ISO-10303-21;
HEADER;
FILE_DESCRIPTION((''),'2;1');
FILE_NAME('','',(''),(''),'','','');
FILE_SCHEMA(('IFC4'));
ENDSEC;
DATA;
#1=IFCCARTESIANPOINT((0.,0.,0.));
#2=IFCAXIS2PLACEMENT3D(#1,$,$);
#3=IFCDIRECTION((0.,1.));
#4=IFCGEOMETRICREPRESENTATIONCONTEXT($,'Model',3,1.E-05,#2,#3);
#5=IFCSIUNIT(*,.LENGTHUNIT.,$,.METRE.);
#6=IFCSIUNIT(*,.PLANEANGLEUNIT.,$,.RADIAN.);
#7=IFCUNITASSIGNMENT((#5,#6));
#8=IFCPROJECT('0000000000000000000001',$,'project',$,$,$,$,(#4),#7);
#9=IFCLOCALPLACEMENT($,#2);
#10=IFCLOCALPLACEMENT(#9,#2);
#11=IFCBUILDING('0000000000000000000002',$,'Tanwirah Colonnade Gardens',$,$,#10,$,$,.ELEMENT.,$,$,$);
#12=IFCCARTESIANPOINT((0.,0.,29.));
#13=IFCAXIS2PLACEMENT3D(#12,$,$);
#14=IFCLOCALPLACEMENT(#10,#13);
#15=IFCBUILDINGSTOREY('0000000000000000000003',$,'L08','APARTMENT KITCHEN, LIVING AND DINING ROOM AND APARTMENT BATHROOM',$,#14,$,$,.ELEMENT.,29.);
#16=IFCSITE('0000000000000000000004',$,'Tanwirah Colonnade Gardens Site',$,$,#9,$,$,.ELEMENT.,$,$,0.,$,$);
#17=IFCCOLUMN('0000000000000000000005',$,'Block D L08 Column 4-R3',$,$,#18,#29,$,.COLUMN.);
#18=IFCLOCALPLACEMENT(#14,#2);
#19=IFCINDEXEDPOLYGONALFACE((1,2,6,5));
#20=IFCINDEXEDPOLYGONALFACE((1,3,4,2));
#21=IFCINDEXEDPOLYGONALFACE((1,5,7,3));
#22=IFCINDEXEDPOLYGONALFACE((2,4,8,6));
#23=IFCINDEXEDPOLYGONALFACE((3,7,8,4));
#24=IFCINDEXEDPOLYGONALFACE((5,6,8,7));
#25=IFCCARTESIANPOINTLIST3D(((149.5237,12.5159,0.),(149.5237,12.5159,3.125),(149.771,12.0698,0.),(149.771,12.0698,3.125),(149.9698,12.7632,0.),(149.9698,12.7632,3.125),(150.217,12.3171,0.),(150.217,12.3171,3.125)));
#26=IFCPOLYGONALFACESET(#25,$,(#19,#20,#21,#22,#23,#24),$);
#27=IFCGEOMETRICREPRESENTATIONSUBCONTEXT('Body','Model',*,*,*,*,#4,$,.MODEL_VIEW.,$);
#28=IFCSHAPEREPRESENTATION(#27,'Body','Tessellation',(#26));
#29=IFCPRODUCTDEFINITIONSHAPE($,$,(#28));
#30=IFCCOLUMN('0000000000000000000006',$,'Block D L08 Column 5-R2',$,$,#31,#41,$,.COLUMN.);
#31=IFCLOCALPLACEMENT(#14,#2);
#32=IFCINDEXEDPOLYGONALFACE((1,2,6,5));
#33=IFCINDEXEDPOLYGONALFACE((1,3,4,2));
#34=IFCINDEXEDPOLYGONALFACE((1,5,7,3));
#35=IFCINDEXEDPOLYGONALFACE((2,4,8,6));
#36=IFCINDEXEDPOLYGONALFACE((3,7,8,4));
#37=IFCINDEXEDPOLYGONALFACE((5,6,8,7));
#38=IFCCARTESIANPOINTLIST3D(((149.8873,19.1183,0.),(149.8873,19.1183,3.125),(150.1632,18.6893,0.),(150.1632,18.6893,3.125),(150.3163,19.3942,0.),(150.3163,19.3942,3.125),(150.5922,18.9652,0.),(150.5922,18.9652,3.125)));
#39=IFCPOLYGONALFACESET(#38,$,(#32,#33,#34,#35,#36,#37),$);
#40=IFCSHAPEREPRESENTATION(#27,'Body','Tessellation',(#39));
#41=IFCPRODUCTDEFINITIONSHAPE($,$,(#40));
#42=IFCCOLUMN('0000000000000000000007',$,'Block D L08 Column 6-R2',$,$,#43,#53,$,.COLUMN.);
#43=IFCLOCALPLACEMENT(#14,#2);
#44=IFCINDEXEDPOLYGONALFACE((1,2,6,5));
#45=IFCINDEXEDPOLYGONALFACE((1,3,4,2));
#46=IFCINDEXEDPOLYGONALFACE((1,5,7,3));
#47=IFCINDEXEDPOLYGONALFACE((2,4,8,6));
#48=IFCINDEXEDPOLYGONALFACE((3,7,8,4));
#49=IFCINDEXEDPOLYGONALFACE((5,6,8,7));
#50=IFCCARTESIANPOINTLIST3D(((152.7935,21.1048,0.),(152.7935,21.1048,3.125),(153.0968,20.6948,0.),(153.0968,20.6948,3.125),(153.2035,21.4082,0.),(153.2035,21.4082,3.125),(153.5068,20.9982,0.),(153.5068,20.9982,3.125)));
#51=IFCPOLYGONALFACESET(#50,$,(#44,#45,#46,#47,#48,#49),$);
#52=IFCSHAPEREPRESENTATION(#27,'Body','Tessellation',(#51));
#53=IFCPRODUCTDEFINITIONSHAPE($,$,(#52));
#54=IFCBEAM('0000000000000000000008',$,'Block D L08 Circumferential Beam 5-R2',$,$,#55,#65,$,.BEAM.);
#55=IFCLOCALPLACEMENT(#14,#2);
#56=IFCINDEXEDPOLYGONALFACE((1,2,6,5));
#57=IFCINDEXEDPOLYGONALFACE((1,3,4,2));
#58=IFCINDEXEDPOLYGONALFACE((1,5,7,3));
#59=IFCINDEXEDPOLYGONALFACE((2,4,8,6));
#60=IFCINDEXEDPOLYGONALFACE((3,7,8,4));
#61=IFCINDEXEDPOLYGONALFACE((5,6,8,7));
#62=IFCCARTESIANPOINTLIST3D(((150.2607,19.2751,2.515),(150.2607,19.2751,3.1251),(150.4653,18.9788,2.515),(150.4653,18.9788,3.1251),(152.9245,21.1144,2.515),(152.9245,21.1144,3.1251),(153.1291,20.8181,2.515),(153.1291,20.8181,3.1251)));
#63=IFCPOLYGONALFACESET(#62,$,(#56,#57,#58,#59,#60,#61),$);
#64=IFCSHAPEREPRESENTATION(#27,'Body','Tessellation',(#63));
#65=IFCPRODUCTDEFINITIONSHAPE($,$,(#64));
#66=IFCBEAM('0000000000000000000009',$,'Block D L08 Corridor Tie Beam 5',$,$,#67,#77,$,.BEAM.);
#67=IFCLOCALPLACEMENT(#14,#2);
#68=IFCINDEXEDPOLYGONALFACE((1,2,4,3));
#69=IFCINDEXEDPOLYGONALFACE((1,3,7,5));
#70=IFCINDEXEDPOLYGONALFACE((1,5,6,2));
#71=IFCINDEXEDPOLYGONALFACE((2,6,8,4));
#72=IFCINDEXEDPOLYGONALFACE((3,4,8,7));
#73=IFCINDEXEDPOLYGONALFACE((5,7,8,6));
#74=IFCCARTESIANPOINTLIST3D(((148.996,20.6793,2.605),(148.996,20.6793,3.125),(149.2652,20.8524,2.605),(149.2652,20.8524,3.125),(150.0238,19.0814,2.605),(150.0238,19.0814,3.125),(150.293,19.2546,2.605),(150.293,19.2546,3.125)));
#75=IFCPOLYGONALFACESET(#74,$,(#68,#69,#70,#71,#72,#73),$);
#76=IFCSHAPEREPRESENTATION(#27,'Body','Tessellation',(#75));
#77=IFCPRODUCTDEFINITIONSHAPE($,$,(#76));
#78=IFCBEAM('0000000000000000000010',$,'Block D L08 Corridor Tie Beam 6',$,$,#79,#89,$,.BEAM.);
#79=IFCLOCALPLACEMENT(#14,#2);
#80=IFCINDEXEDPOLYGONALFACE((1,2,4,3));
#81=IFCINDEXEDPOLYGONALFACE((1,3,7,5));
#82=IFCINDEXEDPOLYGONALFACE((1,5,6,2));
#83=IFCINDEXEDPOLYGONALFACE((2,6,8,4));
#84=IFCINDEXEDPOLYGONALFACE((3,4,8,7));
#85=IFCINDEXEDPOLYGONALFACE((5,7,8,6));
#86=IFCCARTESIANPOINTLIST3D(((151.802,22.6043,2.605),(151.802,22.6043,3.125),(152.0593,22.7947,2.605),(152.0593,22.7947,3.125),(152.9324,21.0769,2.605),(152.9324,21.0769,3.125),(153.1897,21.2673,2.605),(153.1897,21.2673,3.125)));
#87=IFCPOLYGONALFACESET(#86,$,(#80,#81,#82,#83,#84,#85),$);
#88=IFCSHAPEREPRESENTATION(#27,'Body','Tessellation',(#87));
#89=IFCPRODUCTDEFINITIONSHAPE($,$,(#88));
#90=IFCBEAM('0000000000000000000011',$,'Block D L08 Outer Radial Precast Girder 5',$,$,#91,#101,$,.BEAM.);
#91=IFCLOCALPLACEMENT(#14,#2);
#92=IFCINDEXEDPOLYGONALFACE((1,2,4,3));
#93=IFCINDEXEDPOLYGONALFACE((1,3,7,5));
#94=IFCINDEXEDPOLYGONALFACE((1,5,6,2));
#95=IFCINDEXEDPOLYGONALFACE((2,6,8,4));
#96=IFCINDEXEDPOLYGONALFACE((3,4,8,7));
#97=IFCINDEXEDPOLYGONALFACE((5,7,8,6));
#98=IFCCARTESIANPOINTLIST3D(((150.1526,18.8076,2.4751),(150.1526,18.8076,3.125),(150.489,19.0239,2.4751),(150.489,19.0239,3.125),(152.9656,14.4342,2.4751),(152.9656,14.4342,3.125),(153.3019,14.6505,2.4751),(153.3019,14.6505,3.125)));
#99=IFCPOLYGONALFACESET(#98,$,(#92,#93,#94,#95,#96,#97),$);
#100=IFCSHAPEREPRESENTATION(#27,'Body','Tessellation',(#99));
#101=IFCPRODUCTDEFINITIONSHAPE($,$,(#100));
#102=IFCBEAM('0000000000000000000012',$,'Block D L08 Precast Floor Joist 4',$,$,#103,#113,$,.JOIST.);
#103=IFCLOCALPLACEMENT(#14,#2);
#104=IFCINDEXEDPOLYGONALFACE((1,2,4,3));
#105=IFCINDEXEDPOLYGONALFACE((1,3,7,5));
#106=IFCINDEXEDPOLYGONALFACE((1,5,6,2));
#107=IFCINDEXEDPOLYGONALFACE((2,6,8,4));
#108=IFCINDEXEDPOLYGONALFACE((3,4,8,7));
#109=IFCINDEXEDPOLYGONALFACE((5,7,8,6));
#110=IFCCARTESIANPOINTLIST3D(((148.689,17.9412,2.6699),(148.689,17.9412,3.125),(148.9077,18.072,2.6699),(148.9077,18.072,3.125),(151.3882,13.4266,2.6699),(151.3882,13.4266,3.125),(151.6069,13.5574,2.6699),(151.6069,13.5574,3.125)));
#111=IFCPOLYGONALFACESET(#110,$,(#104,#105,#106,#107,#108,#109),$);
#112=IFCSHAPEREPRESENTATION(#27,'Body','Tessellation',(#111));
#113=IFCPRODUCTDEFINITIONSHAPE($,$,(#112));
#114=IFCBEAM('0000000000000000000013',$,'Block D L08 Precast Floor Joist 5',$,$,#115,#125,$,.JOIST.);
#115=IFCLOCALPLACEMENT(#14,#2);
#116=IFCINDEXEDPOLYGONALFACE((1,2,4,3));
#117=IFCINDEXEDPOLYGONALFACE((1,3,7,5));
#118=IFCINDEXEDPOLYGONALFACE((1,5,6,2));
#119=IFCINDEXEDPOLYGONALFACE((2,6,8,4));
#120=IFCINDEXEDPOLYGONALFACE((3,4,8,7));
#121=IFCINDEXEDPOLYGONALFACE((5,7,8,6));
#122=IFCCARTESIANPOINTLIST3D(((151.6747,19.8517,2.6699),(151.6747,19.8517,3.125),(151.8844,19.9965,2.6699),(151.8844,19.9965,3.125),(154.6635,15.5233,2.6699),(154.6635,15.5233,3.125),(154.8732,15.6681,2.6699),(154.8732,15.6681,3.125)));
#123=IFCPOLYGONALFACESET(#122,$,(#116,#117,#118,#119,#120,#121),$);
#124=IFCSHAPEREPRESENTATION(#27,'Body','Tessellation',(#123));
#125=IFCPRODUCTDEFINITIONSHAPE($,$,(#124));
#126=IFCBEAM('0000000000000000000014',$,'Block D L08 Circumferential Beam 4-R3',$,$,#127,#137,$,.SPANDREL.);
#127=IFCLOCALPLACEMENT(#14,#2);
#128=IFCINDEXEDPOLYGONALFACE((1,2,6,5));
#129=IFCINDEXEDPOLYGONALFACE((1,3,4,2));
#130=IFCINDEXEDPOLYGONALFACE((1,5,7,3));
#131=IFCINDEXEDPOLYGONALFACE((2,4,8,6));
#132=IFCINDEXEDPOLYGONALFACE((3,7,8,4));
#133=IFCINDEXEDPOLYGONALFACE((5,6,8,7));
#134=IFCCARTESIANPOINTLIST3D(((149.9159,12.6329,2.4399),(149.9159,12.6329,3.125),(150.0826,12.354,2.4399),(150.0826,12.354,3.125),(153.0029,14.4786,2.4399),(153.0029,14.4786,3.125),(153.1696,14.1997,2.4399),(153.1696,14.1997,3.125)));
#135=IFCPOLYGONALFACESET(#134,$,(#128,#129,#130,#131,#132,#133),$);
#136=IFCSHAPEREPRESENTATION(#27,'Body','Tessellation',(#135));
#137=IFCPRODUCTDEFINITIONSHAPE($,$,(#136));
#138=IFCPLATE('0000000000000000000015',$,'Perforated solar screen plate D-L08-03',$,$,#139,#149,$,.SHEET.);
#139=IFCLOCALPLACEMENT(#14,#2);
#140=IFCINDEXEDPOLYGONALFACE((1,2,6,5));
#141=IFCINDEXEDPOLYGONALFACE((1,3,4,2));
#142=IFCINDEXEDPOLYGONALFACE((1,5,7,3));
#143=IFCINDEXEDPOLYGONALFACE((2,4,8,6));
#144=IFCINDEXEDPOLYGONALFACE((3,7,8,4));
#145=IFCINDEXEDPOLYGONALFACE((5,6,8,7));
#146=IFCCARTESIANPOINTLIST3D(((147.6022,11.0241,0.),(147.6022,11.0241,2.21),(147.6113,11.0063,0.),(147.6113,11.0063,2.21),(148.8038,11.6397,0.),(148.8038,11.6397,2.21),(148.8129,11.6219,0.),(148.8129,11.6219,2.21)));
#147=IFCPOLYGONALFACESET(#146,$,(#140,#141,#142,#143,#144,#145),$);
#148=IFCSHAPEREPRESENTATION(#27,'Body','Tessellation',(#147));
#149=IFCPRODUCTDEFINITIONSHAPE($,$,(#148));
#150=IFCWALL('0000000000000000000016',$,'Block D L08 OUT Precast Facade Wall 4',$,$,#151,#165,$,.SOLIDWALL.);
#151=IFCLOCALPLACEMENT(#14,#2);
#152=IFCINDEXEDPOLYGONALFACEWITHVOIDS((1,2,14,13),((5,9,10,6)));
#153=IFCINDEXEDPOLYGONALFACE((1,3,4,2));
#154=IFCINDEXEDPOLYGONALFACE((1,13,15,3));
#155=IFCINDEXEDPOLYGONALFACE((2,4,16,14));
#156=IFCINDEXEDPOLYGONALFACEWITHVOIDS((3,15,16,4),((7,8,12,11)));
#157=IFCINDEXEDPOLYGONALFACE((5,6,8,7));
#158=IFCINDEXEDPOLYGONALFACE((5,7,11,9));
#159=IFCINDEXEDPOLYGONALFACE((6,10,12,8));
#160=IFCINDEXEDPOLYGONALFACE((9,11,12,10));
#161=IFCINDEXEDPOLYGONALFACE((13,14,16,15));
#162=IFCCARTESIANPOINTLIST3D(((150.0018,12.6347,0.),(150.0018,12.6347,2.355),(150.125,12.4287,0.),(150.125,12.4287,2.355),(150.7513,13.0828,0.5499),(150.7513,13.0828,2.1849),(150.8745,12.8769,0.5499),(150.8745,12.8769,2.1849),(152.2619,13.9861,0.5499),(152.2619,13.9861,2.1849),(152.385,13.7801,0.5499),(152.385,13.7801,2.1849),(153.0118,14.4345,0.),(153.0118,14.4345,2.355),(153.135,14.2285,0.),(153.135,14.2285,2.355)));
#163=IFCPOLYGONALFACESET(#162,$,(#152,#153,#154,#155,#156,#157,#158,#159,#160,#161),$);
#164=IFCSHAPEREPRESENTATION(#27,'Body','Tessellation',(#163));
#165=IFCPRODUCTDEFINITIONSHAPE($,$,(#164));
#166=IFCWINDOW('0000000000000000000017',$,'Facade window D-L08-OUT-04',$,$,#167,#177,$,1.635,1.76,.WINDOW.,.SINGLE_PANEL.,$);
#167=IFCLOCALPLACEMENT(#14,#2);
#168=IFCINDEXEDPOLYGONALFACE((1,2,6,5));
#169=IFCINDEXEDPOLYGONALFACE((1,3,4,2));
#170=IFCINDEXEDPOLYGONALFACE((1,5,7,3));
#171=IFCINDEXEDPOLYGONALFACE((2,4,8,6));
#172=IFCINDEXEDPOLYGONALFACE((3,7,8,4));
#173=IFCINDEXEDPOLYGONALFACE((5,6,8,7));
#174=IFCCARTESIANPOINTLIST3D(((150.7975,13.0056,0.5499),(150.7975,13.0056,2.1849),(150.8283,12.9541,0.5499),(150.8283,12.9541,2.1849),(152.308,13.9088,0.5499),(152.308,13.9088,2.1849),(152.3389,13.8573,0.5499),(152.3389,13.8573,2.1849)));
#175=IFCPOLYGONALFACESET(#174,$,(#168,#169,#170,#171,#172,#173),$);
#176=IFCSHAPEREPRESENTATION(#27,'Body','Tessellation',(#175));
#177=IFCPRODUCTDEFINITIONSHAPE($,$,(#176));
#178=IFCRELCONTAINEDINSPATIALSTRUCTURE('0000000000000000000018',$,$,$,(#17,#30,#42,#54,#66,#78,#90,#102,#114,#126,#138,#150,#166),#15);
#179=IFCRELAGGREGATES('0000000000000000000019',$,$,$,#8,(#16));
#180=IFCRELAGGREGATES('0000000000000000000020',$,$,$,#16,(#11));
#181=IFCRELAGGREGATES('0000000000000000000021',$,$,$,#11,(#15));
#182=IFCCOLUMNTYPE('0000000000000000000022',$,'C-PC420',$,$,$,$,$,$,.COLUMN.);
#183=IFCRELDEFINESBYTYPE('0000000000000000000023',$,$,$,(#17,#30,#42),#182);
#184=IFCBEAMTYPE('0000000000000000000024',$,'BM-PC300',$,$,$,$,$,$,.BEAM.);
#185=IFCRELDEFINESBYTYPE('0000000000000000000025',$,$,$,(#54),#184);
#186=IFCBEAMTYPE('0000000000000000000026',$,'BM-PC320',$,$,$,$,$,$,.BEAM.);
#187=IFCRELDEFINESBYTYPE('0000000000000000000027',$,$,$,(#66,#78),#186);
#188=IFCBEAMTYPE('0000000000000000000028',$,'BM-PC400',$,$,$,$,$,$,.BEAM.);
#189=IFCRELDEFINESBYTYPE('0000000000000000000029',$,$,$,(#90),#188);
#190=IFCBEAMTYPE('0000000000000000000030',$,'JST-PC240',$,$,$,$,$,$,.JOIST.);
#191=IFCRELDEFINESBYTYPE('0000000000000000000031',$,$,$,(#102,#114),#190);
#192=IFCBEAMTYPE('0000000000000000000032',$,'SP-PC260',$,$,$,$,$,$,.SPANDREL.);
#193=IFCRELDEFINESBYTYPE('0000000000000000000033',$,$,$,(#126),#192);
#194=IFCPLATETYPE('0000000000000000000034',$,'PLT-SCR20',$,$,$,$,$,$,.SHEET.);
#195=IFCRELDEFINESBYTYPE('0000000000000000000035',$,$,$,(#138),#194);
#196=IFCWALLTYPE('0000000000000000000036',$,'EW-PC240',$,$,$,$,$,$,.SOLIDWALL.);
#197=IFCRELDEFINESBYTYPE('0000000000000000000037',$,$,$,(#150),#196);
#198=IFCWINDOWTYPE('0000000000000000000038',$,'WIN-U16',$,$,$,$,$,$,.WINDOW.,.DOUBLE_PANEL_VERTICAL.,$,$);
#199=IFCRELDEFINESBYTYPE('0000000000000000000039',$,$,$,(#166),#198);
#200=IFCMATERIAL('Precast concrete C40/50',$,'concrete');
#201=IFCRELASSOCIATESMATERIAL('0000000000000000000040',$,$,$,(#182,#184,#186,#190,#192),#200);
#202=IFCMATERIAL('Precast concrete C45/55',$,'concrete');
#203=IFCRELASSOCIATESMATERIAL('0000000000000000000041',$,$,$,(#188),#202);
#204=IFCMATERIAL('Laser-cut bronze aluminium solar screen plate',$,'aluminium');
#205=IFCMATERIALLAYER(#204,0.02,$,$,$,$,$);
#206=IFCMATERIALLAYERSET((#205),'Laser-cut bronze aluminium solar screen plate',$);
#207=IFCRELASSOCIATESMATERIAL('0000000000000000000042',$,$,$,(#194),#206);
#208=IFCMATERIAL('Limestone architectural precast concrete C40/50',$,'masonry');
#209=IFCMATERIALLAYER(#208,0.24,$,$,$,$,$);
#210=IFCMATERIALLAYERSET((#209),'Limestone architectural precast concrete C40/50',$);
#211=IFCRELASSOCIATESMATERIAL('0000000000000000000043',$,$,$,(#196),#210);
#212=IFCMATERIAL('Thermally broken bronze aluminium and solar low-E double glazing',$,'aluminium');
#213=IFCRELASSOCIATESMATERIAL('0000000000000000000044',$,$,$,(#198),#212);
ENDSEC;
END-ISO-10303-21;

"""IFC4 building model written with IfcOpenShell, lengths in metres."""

from ifc_helpers import new_model, si_unit, direction, frame, frame_2d, origin, origin_2d, place, context, subcontext, project, spatial, rectangle, extrude, material, layer, layer_set, material_profile, profile_set, type_object, element, fill, save


model = new_model("IFC4")

# Units and contexts
model_context = context("Model", 3, precision=1e-05, world=origin(), true_north=direction((0.0, 1.0)))
body_context = subcontext(model_context, "Body", "Model", "MODEL_VIEW")
ifc_project = project(units=[si_unit("LENGTHUNIT", "METRE"), si_unit("PLANEANGLEUNIT", "RADIAN")], contexts=[model_context])

# Site, building, storey
site_placement = place(None, origin())
site = spatial("IfcSite", under=ifc_project, at=site_placement, Name="Tanwirah Colonnade Gardens Site", CompositionType="ELEMENT", RefElevation=0.0)
building_placement = place(site_placement, origin())
building = spatial("IfcBuilding", under=site, at=building_placement, Name="Tanwirah Colonnade Gardens", CompositionType="ELEMENT")
storey_placement = place(building_placement, frame((0.0, 0.0, 29.0)))
storey = spatial("IfcBuildingStorey", under=building, at=storey_placement, Name="L08", Description="APARTMENT KITCHEN, LIVING AND DINING ROOM AND APARTMENT BATHROOM", CompositionType="ELEMENT", Elevation=29.0)

# Columns
ifc_material_1 = material(Name="Precast concrete C40/50", Category="concrete")
ifc_material_profile_1 = material_profile(ifc_material_1, rectangle(XDim=0.51, YDim=0.51, at=origin_2d()), Name="PC-COL 510x510")
ifc_profile_set_1 = profile_set([ifc_material_profile_1], Name="Precast concrete C40/50")
column_type = type_object("IfcColumnType", Name="C-PC420", PredefinedType="COLUMN", material=ifc_profile_set_1)
for number, where, z_axis, x_axis, name in (
    (1, (149.8704, 12.4165, 0.0), (0.0, 0.0, 1.0), (0.48481, -0.87462, 0.0), "Block D L08 Column 4-R3"),
    (2, (150.2397, 19.0417, 0.0), (0.0, 0.0, 1.0), (0.540974, -0.841039, 0.0), "Block D L08 Column 5-R2"),
    (3, (153.1501, 21.0515, 0.0), (0.0, 0.0, 1.0), (0.594823, -0.803857, 0.0), "Block D L08 Column 6-R2"),
):
    element("IfcColumn", number, at=place(storey_placement, frame(where, z_axis=z_axis, x_axis=x_axis)), inside=storey, type_object=column_type, Name=name, PredefinedType="COLUMN", context=body_context, shape_type="SweptSolid", body=[
        extrude(rectangle(XDim=0.51, YDim=0.51, at=origin_2d()), origin(), (0.0, 0.0, 1.0), 3.125),
    ])

# Beams
ifc_material_profile_2 = material_profile(ifc_material_1, rectangle(XDim=0.3601, YDim=0.6101, at=origin_2d()), Name="PC-BM 360x610")
ifc_profile_set_2 = profile_set([ifc_material_profile_2], Name="Precast concrete C40/50")
beam_type_1 = type_object("IfcBeamType", Name="BM-PC300", PredefinedType="BEAM", material=ifc_profile_set_2)
beam_1_placement = place(storey_placement, frame((150.363, 19.127, 2.8201), z_axis=(0.822889, 0.568202, 0.0), x_axis=(-0.568202, 0.822889, 0.0)))
element("IfcBeam", 4, at=beam_1_placement, inside=storey, type_object=beam_type_1, Name="Block D L08 Circumferential Beam 5-R2", PredefinedType="BEAM", context=body_context, shape_type="SweptSolid", body=[
    extrude(rectangle(XDim=0.3601, YDim=0.6101, at=origin_2d()), origin(), (0.0, 0.0, 1.0), 3.2371),
])
ifc_material_profile_3 = material_profile(ifc_material_1, rectangle(XDim=0.3201, YDim=0.52, at=origin_2d()), Name="PC-BM 320x520")
ifc_profile_set_3 = profile_set([ifc_material_profile_3], Name="Precast concrete C40/50")
beam_type_2 = type_object("IfcBeamType", Name="BM-PC320", PredefinedType="BEAM", material=ifc_profile_set_3)
beam_2_placement = place(storey_placement, frame((149.1306, 20.7659, 2.865), z_axis=(0.540985, -0.841032, 0.0), x_axis=(0.841032, 0.540985, 0.0)))
element("IfcBeam", 5, at=beam_2_placement, inside=storey, type_object=beam_type_2, Name="Block D L08 Corridor Tie Beam 5", PredefinedType="BEAM", context=body_context, shape_type="SweptSolid", body=[
    extrude(rectangle(XDim=0.3201, YDim=0.52, at=origin_2d()), origin(), (0.0, 0.0, 1.0), 1.8999),
])
beam_3_placement = place(storey_placement, frame((151.9307, 22.6995, 2.865), z_axis=(0.594889, -0.803807, 0.0), x_axis=(0.803807, 0.594889, 0.0)))
element("IfcBeam", 6, at=beam_3_placement, inside=storey, type_object=beam_type_2, Name="Block D L08 Corridor Tie Beam 6", PredefinedType="BEAM", context=body_context, shape_type="SweptSolid", body=[
    extrude(rectangle(XDim=0.3201, YDim=0.52, at=origin_2d()), origin(), (0.0, 0.0, 1.0), 1.9001),
])
ifc_material_2 = material(Name="Precast concrete C45/55", Category="concrete")
ifc_material_profile_4 = material_profile(ifc_material_2, rectangle(XDim=0.3999, YDim=0.6499, at=origin_2d()), Name="PC-BM 400x650")
ifc_profile_set_4 = profile_set([ifc_material_profile_4], Name="Precast concrete C45/55")
beam_type_3 = type_object("IfcBeamType", Name="BM-PC400", PredefinedType="BEAM", material=ifc_profile_set_4)
beam_4_placement = place(storey_placement, frame((150.3208, 18.9158, 2.8), z_axis=(0.540952, -0.841053, 0.0), x_axis=(0.841053, 0.540952, 0.0)))
element("IfcBeam", 7, at=beam_4_placement, inside=storey, type_object=beam_type_3, Name="Block D L08 Outer Radial Precast Girder 5", PredefinedType="BEAM", context=body_context, shape_type="SweptSolid", body=[
    extrude(rectangle(XDim=0.3999, YDim=0.6499, at=origin_2d()), origin(), (0.0, 0.0, 1.0), 5.2),
])
ifc_material_profile_5 = material_profile(ifc_material_1, rectangle(XDim=0.2549, YDim=0.4551, at=origin_2d()), Name="PC-JST 255x455")
ifc_profile_set_5 = profile_set([ifc_material_profile_5], Name="Precast concrete C40/50")
beam_type_4 = type_object("IfcBeamType", Name="JST-PC240", PredefinedType="JOIST", material=ifc_profile_set_5)
for number, where, z_axis, x_axis, name in (
    (8, (148.7983, 18.0066, 2.8975), (0.513157, -0.858295, 0.0), (0.858295, 0.513157, 0.0), "Block D L08 Precast Floor Joist 4"),
    (9, (151.7795, 19.9241, 2.8975), (0.568208, -0.822885, 0.0), (0.822885, 0.568208, 0.0), "Block D L08 Precast Floor Joist 5"),
):
    element("IfcBeam", number, at=place(storey_placement, frame(where, z_axis=z_axis, x_axis=x_axis)), inside=storey, type_object=beam_type_4, Name=name, PredefinedType="JOIST", context=body_context, shape_type="SweptSolid", body=[
        extrude(rectangle(XDim=0.2549, YDim=0.4551, at=origin_2d()), origin(), (0.0, 0.0, 1.0), 5.26),
    ])
ifc_material_profile_6 = material_profile(ifc_material_1, rectangle(XDim=0.325, YDim=0.6851, at=origin_2d()), Name="PC-SP 325x685")
ifc_profile_set_6 = profile_set([ifc_material_profile_6], Name="Precast concrete C40/50")
beam_type_5 = type_object("IfcBeamType", Name="SP-PC260", PredefinedType="SPANDREL", material=ifc_profile_set_6)
beam_5_placement = place(storey_placement, frame((149.9993, 12.4934, 2.7825), z_axis=(0.858283, 0.513177, 0.0), x_axis=(-0.513177, 0.858283, 0.0)))
element("IfcBeam", 10, at=beam_5_placement, inside=storey, type_object=beam_type_5, Name="Block D L08 Circumferential Beam 4-R3", PredefinedType="SPANDREL", context=body_context, shape_type="SweptSolid", body=[
    extrude(rectangle(XDim=0.325, YDim=0.6851, at=origin_2d()), origin(), (0.0, 0.0, 1.0), 3.5967),
])

# Plate
ifc_material_3 = material(Name="Laser-cut bronze aluminium solar screen plate", Category="aluminium")
ifc_layer_1 = layer(ifc_material_3, 0.02)
ifc_layer_set_1 = layer_set([ifc_layer_1], Name="Laser-cut bronze aluminium solar screen plate")
plate_type = type_object("IfcPlateType", Name="PLT-SCR20", PredefinedType="SHEET", material=ifc_layer_set_1)
plate_placement = place(storey_placement, frame((148.2075, 11.323, 0.0), z_axis=(0.0, 0.0, 1.0), x_axis=(0.890014, 0.455934, 0.0)))
element("IfcPlate", 11, at=plate_placement, inside=storey, type_object=plate_type, Name="Perforated solar screen plate D-L08-03", PredefinedType="SHEET", context=body_context, shape_type="SweptSolid", body=[
    extrude(rectangle(XDim=1.3501, YDim=0.02, at=origin_2d()), origin(), (0.0, 0.0, 1.0), 2.21),
])

# Wall, opening, window
ifc_material_4 = material(Name="Limestone architectural precast concrete C40/50", Category="masonry")
ifc_layer_2 = layer(ifc_material_4, 0.24)
ifc_layer_set_2 = layer_set([ifc_layer_2], Name="Limestone architectural precast concrete C40/50")
wall_type_1 = type_object("IfcWallType", Name="EW-PC240", PredefinedType="SOLIDWALL", material=ifc_layer_set_2)
wall_1_placement = place(storey_placement, frame((150.0635, 12.5317, 0.0), z_axis=(0.0, 0.0, 1.0), x_axis=(0.858272, 0.513195, 0.0)))
wall_1 = element("IfcWall", 12, at=wall_1_placement, inside=storey, type_object=wall_type_1, Name="Block D L08 OUT Precast Facade Wall 4", PredefinedType="SOLIDWALL", context=body_context, shape_type="SweptSolid", body=[
    extrude(rectangle(XDim=3.5071, YDim=0.24, at=frame_2d((1.7534, 0.0))), origin(), (0.0, 0.0, 1.0), 2.355),
])
opening_1_placement = place(wall_1_placement, frame((0.8733, 0.0, 0.55)))
opening_1 = element("IfcOpeningElement", 13, at=opening_1_placement, cuts=wall_1, PredefinedType="OPENING", context=body_context, shape_type="SweptSolid", body=[
    extrude(rectangle(XDim=1.76, YDim=1.635, at=frame_2d((0.8799, 0.8174))), frame((0.0, 0.1299, 0.0), z_axis=(0.0, -1.0, 0.0), x_axis=(1.0, 0.0, 0.0)), (0.0, 0.0, 1.0), 0.26),
])
ifc_material_5 = material(Name="Thermally broken bronze aluminium and solar low-E double glazing", Category="aluminium")
window_type = type_object("IfcWindowType", Name="WIN-U16", PartitioningType="DOUBLE_PANEL_VERTICAL", PredefinedType="WINDOW", material=ifc_material_5)
window_placement = place(opening_1_placement, origin())
window = element("IfcWindow", 14, at=window_placement, inside=storey, type_object=window_type, Name="Facade window D-L08-OUT-04", OverallHeight=1.635, OverallWidth=1.76, PartitioningType="SINGLE_PANEL", PredefinedType="WINDOW", context=body_context, shape_type="SweptSolid", body=[
    extrude(rectangle(XDim=1.76, YDim=1.635, at=frame_2d((0.8799, 0.8174))), frame((0.0, 0.03, 0.0), z_axis=(0.0, -1.0, 0.0), x_axis=(1.0, 0.0, 0.0)), (0.0, 0.0, 1.0), 0.0601),
])
fill(opening_1, window)

save(model, "model.ifc")
